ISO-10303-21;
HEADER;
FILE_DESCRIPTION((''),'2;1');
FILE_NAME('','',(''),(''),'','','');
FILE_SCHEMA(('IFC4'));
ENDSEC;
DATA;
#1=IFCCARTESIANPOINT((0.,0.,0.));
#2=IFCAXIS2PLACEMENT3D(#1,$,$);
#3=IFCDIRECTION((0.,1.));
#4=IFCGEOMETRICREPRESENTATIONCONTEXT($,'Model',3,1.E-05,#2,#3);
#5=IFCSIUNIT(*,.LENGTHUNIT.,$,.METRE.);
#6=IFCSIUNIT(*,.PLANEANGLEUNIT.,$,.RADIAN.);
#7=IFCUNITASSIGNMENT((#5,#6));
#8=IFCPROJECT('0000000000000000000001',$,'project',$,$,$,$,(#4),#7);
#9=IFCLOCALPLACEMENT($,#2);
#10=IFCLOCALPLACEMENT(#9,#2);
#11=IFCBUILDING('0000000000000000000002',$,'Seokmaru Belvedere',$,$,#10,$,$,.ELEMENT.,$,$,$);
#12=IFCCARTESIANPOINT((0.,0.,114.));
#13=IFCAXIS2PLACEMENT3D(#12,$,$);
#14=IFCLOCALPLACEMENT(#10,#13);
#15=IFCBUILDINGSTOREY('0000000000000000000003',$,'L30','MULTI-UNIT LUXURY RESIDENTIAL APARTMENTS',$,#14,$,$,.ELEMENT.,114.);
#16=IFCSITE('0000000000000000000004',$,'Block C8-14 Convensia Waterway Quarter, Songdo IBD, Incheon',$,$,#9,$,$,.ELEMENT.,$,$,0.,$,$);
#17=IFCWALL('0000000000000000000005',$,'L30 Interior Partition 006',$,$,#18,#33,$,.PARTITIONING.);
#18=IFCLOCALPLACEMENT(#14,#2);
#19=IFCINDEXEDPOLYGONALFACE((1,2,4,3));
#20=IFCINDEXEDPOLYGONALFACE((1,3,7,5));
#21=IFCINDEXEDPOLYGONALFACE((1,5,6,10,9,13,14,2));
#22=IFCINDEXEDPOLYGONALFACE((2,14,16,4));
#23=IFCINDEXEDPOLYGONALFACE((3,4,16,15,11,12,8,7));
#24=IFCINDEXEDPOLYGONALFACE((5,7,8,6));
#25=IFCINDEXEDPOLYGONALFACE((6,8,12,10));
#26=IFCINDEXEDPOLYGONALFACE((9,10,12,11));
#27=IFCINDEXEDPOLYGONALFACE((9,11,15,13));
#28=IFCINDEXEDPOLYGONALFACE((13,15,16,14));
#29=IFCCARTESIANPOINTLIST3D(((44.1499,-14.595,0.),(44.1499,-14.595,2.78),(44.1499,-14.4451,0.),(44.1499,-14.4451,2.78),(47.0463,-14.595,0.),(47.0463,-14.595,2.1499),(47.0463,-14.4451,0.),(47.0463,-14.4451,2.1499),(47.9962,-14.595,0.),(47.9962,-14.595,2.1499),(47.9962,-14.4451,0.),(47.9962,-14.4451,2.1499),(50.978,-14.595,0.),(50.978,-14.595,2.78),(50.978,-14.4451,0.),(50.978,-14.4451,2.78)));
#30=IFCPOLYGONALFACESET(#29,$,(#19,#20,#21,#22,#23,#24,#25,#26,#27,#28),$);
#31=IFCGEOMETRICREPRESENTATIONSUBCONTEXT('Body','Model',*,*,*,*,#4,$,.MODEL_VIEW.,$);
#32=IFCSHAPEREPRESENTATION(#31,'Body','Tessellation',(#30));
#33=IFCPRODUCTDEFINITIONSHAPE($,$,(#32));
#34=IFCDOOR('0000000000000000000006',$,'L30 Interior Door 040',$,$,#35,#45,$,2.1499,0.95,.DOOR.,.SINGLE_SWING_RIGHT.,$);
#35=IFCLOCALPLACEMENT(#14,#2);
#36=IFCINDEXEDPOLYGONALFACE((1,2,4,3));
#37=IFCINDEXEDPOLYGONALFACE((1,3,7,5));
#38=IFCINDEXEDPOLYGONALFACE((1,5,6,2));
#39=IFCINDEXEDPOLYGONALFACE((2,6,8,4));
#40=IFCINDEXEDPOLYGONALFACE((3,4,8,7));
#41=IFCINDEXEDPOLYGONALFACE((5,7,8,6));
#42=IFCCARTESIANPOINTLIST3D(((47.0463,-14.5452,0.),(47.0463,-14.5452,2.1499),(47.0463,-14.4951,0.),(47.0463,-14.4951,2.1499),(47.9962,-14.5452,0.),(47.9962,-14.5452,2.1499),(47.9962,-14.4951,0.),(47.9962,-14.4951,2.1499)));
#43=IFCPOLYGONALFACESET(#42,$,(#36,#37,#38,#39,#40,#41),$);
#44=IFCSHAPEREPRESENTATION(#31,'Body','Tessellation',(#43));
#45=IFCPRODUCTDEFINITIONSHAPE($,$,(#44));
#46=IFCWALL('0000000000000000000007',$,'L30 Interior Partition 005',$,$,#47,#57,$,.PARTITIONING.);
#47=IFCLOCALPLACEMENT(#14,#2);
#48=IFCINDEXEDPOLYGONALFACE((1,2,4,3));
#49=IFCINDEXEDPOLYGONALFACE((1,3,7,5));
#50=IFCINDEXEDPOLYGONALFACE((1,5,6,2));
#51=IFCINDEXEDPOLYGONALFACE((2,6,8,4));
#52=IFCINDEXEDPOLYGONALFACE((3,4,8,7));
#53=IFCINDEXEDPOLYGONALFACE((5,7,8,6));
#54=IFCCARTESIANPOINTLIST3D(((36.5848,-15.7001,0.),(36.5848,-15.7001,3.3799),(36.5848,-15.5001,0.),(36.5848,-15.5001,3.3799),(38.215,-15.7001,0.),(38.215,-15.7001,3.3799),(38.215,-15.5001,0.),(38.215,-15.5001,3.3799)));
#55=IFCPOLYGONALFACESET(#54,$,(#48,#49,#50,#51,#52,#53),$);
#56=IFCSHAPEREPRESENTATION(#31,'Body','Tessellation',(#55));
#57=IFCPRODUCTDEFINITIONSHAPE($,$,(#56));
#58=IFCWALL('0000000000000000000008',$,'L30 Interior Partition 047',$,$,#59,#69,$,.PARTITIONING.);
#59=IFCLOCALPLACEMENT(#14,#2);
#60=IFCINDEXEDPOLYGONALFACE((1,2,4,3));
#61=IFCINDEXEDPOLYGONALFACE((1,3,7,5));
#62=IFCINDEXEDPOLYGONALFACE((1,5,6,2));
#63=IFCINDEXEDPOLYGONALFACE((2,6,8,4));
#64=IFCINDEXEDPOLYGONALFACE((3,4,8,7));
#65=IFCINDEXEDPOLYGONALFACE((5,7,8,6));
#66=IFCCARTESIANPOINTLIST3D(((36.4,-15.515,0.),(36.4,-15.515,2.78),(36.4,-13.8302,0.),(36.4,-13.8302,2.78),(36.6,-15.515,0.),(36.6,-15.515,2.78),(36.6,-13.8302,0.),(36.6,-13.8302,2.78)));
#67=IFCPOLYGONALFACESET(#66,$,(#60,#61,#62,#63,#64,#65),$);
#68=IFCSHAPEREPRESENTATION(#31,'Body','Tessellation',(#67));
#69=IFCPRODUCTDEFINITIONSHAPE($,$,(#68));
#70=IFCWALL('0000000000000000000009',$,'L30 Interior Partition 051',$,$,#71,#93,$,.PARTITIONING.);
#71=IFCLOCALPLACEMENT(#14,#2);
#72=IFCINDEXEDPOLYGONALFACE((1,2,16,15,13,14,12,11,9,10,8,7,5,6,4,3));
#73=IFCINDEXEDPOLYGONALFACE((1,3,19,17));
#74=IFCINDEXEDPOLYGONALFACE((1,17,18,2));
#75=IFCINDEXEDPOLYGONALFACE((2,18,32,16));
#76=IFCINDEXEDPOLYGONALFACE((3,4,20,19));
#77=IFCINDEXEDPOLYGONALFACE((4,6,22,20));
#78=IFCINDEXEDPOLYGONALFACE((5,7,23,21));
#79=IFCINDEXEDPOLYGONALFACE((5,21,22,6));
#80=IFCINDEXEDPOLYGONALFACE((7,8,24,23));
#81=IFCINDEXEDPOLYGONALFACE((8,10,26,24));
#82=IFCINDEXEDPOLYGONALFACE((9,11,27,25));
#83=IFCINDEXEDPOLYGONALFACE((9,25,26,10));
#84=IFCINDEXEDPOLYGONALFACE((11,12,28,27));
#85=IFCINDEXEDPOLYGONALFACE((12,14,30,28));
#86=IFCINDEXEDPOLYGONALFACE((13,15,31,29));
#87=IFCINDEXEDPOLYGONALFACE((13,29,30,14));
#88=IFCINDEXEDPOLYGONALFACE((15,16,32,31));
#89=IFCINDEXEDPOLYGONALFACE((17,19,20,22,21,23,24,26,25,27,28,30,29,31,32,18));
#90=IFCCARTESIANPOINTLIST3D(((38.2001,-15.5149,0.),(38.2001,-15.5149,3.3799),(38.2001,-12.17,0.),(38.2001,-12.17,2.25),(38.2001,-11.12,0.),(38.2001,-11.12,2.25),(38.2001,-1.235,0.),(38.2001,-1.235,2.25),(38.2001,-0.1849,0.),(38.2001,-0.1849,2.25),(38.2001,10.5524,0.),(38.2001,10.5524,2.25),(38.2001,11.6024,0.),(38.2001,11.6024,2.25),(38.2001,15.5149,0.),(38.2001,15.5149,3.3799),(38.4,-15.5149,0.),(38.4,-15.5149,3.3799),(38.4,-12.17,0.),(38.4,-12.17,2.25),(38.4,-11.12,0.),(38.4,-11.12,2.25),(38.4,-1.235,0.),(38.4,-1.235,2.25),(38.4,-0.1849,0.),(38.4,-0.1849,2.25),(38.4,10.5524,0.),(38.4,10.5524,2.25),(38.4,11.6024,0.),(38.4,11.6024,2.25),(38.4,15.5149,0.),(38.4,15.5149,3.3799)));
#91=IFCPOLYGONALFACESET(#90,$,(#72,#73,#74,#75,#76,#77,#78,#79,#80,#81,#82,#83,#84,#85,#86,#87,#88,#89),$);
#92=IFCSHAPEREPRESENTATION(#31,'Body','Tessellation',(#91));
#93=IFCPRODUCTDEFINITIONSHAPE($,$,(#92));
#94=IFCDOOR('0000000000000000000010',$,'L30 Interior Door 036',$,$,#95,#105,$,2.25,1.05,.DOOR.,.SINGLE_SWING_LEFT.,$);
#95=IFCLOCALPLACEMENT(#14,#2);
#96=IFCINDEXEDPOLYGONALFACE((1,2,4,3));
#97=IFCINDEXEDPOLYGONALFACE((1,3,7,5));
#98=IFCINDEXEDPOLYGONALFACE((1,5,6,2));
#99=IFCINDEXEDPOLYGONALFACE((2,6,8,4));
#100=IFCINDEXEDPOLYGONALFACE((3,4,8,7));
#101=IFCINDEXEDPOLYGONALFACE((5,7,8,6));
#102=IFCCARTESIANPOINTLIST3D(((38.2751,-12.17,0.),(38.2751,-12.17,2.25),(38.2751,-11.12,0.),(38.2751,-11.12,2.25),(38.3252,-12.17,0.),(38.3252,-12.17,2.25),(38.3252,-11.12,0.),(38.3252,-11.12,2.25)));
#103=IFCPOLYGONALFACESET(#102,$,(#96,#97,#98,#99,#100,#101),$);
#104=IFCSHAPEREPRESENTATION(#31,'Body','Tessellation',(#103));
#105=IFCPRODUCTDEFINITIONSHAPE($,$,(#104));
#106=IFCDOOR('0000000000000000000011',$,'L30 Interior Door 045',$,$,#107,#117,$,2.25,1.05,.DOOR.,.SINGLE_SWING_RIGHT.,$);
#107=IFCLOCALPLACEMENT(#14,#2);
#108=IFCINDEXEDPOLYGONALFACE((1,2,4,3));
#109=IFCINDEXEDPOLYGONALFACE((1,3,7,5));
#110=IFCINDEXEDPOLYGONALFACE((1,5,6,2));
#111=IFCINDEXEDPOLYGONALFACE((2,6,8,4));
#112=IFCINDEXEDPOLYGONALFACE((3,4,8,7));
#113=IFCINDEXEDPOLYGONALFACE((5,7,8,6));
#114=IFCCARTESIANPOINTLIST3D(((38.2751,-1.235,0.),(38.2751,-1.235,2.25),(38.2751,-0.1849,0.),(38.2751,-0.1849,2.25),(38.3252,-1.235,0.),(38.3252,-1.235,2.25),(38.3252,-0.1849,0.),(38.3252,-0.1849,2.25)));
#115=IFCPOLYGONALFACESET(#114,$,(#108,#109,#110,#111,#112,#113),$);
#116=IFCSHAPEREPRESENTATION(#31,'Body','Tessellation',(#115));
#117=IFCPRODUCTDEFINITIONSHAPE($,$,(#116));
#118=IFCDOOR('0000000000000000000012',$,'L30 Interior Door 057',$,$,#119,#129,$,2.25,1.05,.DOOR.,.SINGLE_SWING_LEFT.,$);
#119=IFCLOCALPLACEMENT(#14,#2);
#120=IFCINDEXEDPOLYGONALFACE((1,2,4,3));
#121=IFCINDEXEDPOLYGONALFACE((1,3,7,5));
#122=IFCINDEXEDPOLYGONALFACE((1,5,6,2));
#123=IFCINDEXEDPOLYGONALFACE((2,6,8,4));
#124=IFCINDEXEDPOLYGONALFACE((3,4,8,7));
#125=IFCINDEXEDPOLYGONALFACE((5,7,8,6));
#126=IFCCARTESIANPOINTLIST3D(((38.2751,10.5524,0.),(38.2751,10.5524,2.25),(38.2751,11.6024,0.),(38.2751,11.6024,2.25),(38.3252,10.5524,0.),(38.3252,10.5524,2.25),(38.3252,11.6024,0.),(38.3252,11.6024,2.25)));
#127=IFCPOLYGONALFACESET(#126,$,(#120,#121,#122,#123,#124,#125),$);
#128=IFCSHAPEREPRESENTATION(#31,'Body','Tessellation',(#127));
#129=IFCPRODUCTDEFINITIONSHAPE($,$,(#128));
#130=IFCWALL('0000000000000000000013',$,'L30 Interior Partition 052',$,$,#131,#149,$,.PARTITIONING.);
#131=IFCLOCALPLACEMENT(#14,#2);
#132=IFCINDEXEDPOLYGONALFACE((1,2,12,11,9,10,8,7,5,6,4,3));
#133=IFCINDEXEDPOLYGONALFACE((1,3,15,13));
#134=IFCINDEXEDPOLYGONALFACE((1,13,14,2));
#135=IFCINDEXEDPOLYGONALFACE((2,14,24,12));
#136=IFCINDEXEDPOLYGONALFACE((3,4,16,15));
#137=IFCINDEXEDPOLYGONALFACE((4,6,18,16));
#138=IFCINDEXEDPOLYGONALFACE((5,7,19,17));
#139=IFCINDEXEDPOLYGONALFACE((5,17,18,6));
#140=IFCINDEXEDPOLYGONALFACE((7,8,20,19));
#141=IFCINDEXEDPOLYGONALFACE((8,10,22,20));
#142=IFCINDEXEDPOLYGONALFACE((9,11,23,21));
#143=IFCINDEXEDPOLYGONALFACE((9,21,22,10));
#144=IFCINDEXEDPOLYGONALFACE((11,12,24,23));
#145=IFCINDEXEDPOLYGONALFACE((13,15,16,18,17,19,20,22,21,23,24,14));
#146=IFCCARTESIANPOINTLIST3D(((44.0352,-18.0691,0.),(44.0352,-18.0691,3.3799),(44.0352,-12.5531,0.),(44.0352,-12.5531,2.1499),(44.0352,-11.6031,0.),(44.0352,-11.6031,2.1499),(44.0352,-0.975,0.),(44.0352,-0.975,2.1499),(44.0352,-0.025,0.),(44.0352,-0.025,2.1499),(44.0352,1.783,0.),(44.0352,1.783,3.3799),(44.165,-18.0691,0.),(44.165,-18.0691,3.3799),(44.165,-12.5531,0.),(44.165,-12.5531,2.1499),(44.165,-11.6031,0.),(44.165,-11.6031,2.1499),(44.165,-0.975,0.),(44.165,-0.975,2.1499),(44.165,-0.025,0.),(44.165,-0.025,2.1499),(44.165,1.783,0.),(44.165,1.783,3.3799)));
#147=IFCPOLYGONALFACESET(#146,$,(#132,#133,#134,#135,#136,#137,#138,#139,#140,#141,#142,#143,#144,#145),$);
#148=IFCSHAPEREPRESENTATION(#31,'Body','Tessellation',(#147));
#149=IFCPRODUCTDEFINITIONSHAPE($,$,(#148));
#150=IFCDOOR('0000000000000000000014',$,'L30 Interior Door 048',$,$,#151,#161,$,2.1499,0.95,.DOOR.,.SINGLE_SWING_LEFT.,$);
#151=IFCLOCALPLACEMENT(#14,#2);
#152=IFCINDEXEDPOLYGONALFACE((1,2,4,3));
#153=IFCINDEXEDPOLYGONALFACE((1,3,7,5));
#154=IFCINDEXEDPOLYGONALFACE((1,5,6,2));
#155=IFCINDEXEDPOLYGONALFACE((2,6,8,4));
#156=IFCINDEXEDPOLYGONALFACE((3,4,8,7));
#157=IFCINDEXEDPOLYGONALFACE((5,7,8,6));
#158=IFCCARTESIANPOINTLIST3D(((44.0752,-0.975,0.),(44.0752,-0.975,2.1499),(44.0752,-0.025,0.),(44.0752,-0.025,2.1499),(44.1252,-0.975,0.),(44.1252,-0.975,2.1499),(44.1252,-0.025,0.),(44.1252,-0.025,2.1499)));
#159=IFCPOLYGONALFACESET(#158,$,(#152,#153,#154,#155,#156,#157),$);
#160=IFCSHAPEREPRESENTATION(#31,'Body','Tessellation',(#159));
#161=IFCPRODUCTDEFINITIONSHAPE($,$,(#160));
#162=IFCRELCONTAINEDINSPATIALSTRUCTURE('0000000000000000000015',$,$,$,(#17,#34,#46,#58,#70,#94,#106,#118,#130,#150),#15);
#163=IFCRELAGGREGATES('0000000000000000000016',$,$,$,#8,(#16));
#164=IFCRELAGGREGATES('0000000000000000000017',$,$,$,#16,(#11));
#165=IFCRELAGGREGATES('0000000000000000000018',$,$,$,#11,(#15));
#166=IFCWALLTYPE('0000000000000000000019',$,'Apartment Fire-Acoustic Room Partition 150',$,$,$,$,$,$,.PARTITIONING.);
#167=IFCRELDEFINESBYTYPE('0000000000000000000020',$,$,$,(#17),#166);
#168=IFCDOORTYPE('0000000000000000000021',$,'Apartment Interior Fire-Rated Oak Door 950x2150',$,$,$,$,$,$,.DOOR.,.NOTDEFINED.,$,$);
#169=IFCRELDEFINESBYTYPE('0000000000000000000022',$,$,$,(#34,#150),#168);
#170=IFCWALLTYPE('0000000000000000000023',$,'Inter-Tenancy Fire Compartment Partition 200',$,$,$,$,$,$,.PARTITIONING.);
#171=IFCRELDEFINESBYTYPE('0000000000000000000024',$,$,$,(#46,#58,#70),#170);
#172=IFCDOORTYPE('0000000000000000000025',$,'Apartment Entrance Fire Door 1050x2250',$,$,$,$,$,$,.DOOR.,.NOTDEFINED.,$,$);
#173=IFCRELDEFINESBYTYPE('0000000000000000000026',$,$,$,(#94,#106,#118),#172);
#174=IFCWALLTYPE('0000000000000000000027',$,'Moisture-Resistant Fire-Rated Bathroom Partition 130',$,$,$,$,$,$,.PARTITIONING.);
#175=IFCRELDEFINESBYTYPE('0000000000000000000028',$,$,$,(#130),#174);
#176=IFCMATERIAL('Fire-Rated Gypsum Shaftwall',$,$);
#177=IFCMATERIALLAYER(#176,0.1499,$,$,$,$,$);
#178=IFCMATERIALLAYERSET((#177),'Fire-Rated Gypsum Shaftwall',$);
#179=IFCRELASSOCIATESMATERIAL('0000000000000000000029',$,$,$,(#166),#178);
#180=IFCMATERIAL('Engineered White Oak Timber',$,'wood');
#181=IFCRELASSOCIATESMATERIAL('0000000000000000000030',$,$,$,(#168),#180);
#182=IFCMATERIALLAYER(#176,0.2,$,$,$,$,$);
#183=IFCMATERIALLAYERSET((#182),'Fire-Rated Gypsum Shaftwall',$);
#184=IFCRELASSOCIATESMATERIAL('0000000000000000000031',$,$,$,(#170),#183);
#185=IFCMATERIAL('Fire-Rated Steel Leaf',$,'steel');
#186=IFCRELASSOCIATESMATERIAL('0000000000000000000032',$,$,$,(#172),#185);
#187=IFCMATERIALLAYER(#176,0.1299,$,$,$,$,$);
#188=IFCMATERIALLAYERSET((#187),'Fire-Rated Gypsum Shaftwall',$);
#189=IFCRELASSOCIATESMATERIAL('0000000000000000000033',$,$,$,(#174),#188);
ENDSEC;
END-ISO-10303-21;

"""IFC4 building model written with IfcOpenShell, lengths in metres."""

from ifc_helpers import new_model, si_unit, direction, frame, frame_2d, origin, place, context, subcontext, project, spatial, rectangle, extrude, source, transform, mapped, material, layer, layer_set, type_object, type_shapes, element, fill, save


model = new_model("IFC4")

# Units and contexts
model_context = context("Model", 3, precision=1e-05, world=origin(), true_north=direction((0.0, 1.0)))
body_context = subcontext(model_context, "Body", "Model", "MODEL_VIEW")
ifc_project = project(units=[si_unit("LENGTHUNIT", "METRE"), si_unit("PLANEANGLEUNIT", "RADIAN")], contexts=[model_context])

# Site, building, storey
site_placement = place(None, origin())
site = spatial("IfcSite", under=ifc_project, at=site_placement, Name="Block C8-14 Convensia Waterway Quarter, Songdo IBD, Incheon", CompositionType="ELEMENT", RefElevation=0.0)
building_placement = place(site_placement, origin())
building = spatial("IfcBuilding", under=site, at=building_placement, Name="Seokmaru Belvedere", CompositionType="ELEMENT")
storey_placement = place(building_placement, frame((0.0, 0.0, 114.0)))
storey = spatial("IfcBuildingStorey", under=building, at=storey_placement, Name="L30", Description="MULTI-UNIT LUXURY RESIDENTIAL APARTMENTS", CompositionType="ELEMENT", Elevation=114.0)

# Wall, opening, door
ifc_material_1 = material(Name="Fire-Rated Gypsum Shaftwall")
ifc_layer_1 = layer(ifc_material_1, 0.1499)
ifc_layer_set_1 = layer_set([ifc_layer_1], Name="Fire-Rated Gypsum Shaftwall")
wall_type_1 = type_object("IfcWallType", Name="Apartment Fire-Acoustic Room Partition 150", PredefinedType="PARTITIONING", material=ifc_layer_set_1)
wall_1_placement = place(storey_placement, frame((44.1499, -14.52, 0.0), z_axis=(0.0, 0.0, 1.0), x_axis=(1.0, 0.0, 0.0)))
wall_1 = element("IfcWall", 1, at=wall_1_placement, inside=storey, type_object=wall_type_1, Name="L30 Interior Partition 006", PredefinedType="PARTITIONING", context=body_context, shape_type="SweptSolid", body=[
    extrude(rectangle(XDim=6.8281, YDim=0.1499, at=frame_2d((3.4141, 0.0))), origin(), (0.0, 0.0, 1.0), 2.78),
])
opening_1_placement = place(wall_1_placement, frame((2.8962, 0.0, 0.0)))
opening_1 = element("IfcOpeningElement", 2, at=opening_1_placement, cuts=wall_1, PredefinedType="OPENING", context=body_context, shape_type="SweptSolid", body=[
    extrude(rectangle(XDim=0.95, YDim=2.1499, at=frame_2d((0.4751, 1.075))), frame((0.0, 0.085, 0.0), z_axis=(0.0, -1.0, 0.0), x_axis=(1.0, 0.0, 0.0)), (0.0, 0.0, 1.0), 0.1699),
])
ifc_material_2 = material(Name="Engineered White Oak Timber", Category="wood")
door_type_1 = type_object("IfcDoorType", Name="Apartment Interior Fire-Rated Oak Door 950x2150", OperationType="NOTDEFINED", PredefinedType="DOOR", material=ifc_material_2)
shared_shape_1 = source(origin(), body_context, "Body", "SweptSolid", [
    extrude(rectangle(XDim=0.95, YDim=2.1499, at=frame_2d((0.4751, 1.075))), frame((0.0, 0.0249, 0.0), z_axis=(0.0, -1.0, 0.0), x_axis=(1.0, 0.0, 0.0)), (0.0, 0.0, 1.0), 0.05),
])
type_shapes(door_type_1, [shared_shape_1])
door_1_placement = place(opening_1_placement, origin())
door_1 = element("IfcDoor", 3, at=door_1_placement, inside=storey, type_object=door_type_1, Name="L30 Interior Door 040", OperationType="SINGLE_SWING_RIGHT", OverallHeight=2.1499, OverallWidth=0.95, PredefinedType="DOOR", context=body_context, shape_type="MappedRepresentation", body=[
    mapped(shared_shape_1, transform((0.0, 0.0, 0.0), scale=1.0)),
])
fill(opening_1, door_1)

# Walls
ifc_layer_2 = layer(ifc_material_1, 0.2)
ifc_layer_set_2 = layer_set([ifc_layer_2], Name="Fire-Rated Gypsum Shaftwall")
wall_type_2 = type_object("IfcWallType", Name="Inter-Tenancy Fire Compartment Partition 200", PredefinedType="PARTITIONING", material=ifc_layer_set_2)
wall_2_placement = place(storey_placement, frame((36.585, -15.6001, 0.0), z_axis=(0.0, 0.0, 1.0), x_axis=(1.0, 0.0, 0.0)))
element("IfcWall", 4, at=wall_2_placement, inside=storey, type_object=wall_type_2, Name="L30 Interior Partition 005", PredefinedType="PARTITIONING", context=body_context, shape_type="SweptSolid", body=[
    extrude(rectangle(XDim=1.6301, YDim=0.2, at=frame_2d((0.8149, 0.0))), origin(), (0.0, 0.0, 1.0), 3.3799),
])
wall_3_placement = place(storey_placement, frame((36.5, -15.5149, 0.0), z_axis=(0.0, 0.0, 1.0), x_axis=(0.0, 1.0, 0.0)))
element("IfcWall", 5, at=wall_3_placement, inside=storey, type_object=wall_type_2, Name="L30 Interior Partition 047", PredefinedType="PARTITIONING", context=body_context, shape_type="SweptSolid", body=[
    extrude(rectangle(XDim=1.6848, YDim=0.2, at=frame_2d((0.8423, 0.0))), origin(), (0.0, 0.0, 1.0), 2.78),
])

# Wall, openings, doors
wall_4_placement = place(storey_placement, frame((38.3, -15.5149, 0.0), z_axis=(0.0, 0.0, 1.0), x_axis=(0.0, 1.0, 0.0)))
wall_4 = element("IfcWall", 6, at=wall_4_placement, inside=storey, type_object=wall_type_2, Name="L30 Interior Partition 051", PredefinedType="PARTITIONING", context=body_context, shape_type="SweptSolid", body=[
    extrude(rectangle(XDim=31.0298, YDim=0.2, at=frame_2d((15.5149, 0.0))), origin(), (0.0, 0.0, 1.0), 3.3799),
])
opening_2_placement = place(wall_4_placement, frame((3.345, 0.0, 0.0)))
opening_2 = element("IfcOpeningElement", 7, at=opening_2_placement, cuts=wall_4, PredefinedType="OPENING", context=body_context, shape_type="SweptSolid", body=[
    extrude(rectangle(XDim=1.05, YDim=2.25, at=frame_2d((0.5249, 1.125))), frame((0.0, 0.1099, 0.0), z_axis=(0.0, -1.0, 0.0), x_axis=(1.0, 0.0, 0.0)), (0.0, 0.0, 1.0), 0.22),
])
opening_3_placement = place(wall_4_placement, frame((14.28, 0.0, 0.0)))
opening_3 = element("IfcOpeningElement", 8, at=opening_3_placement, cuts=wall_4, PredefinedType="OPENING", context=body_context, shape_type="SweptSolid", body=[
    extrude(rectangle(XDim=1.05, YDim=2.25, at=frame_2d((0.5249, 1.125))), frame((0.0, 0.1099, 0.0), z_axis=(0.0, -1.0, 0.0), x_axis=(1.0, 0.0, 0.0)), (0.0, 0.0, 1.0), 0.22),
])
opening_4_placement = place(wall_4_placement, frame((26.0674, 0.0, 0.0)))
opening_4 = element("IfcOpeningElement", 9, at=opening_4_placement, cuts=wall_4, PredefinedType="OPENING", context=body_context, shape_type="SweptSolid", body=[
    extrude(rectangle(XDim=1.05, YDim=2.25, at=frame_2d((0.5249, 1.125))), frame((0.0, 0.1099, 0.0), z_axis=(0.0, -1.0, 0.0), x_axis=(1.0, 0.0, 0.0)), (0.0, 0.0, 1.0), 0.22),
])
ifc_material_3 = material(Name="Fire-Rated Steel Leaf", Category="steel")
door_type_2 = type_object("IfcDoorType", Name="Apartment Entrance Fire Door 1050x2250", OperationType="NOTDEFINED", PredefinedType="DOOR", material=ifc_material_3)
shared_shape_2 = source(origin(), body_context, "Body", "SweptSolid", [
    extrude(rectangle(XDim=1.05, YDim=2.25, at=frame_2d((0.5249, 1.125))), frame((0.0, 0.0249, 0.0), z_axis=(0.0, -1.0, 0.0), x_axis=(1.0, 0.0, 0.0)), (0.0, 0.0, 1.0), 0.05),
])
type_shapes(door_type_2, [shared_shape_2])
door_2_placement = place(opening_2_placement, origin())
door_2 = element("IfcDoor", 10, at=door_2_placement, inside=storey, type_object=door_type_2, Name="L30 Interior Door 036", OperationType="SINGLE_SWING_LEFT", OverallHeight=2.25, OverallWidth=1.05, PredefinedType="DOOR", context=body_context, shape_type="MappedRepresentation", body=[
    mapped(shared_shape_2, transform((0.0, 0.0, 0.0), scale=1.0)),
])
fill(opening_2, door_2)
door_3_placement = place(opening_3_placement, origin())
door_3 = element("IfcDoor", 11, at=door_3_placement, inside=storey, type_object=door_type_2, Name="L30 Interior Door 045", OperationType="SINGLE_SWING_RIGHT", OverallHeight=2.25, OverallWidth=1.05, PredefinedType="DOOR", context=body_context, shape_type="MappedRepresentation", body=[
    mapped(shared_shape_2, transform((0.0, 0.0, 0.0), scale=1.0)),
])
fill(opening_3, door_3)
door_4_placement = place(opening_4_placement, origin())
door_4 = element("IfcDoor", 12, at=door_4_placement, inside=storey, type_object=door_type_2, Name="L30 Interior Door 057", OperationType="SINGLE_SWING_LEFT", OverallHeight=2.25, OverallWidth=1.05, PredefinedType="DOOR", context=body_context, shape_type="MappedRepresentation", body=[
    mapped(shared_shape_2, transform((0.0, 0.0, 0.0), scale=1.0)),
])
fill(opening_4, door_4)

# Wall, openings, door
ifc_layer_3 = layer(ifc_material_1, 0.1299)
ifc_layer_set_3 = layer_set([ifc_layer_3], Name="Fire-Rated Gypsum Shaftwall")
wall_type_3 = type_object("IfcWallType", Name="Moisture-Resistant Fire-Rated Bathroom Partition 130", PredefinedType="PARTITIONING", material=ifc_layer_set_3)
wall_5_placement = place(storey_placement, frame((44.1001, -18.0691, 0.0), z_axis=(0.0, 0.0, 1.0), x_axis=(0.0, 1.0, 0.0)))
wall_5 = element("IfcWall", 13, at=wall_5_placement, inside=storey, type_object=wall_type_3, Name="L30 Interior Partition 052", PredefinedType="PARTITIONING", context=body_context, shape_type="SweptSolid", body=[
    extrude(rectangle(XDim=19.8521, YDim=0.1299, at=frame_2d((9.926, 0.0))), origin(), (0.0, 0.0, 1.0), 3.3799),
])
opening_5_placement = place(wall_5_placement, frame((5.5159, 0.0, 0.0)))
element("IfcOpeningElement", 14, at=opening_5_placement, cuts=wall_5, PredefinedType="OPENING", context=body_context, shape_type="SweptSolid", body=[
    extrude(rectangle(XDim=0.95, YDim=2.1499, at=frame_2d((0.4751, 1.075))), frame((0.0, 0.075, 0.0), z_axis=(0.0, -1.0, 0.0), x_axis=(1.0, 0.0, 0.0)), (0.0, 0.0, 1.0), 0.1499),
])
opening_6_placement = place(wall_5_placement, frame((17.094, 0.0, 0.0)))
opening_6 = element("IfcOpeningElement", 15, at=opening_6_placement, cuts=wall_5, PredefinedType="OPENING", context=body_context, shape_type="SweptSolid", body=[
    extrude(rectangle(XDim=0.95, YDim=2.1499, at=frame_2d((0.4751, 1.075))), frame((0.0, 0.075, 0.0), z_axis=(0.0, -1.0, 0.0), x_axis=(1.0, 0.0, 0.0)), (0.0, 0.0, 1.0), 0.1499),
])
door_5_placement = place(opening_6_placement, origin())
door_5 = element("IfcDoor", 16, at=door_5_placement, inside=storey, type_object=door_type_1, Name="L30 Interior Door 048", OperationType="SINGLE_SWING_LEFT", OverallHeight=2.1499, OverallWidth=0.95, PredefinedType="DOOR", context=body_context, shape_type="MappedRepresentation", body=[
    mapped(shared_shape_1, transform((0.0, 0.0, 0.0), scale=1.0)),
])
fill(opening_6, door_5)

save(model, "model.ifc")
